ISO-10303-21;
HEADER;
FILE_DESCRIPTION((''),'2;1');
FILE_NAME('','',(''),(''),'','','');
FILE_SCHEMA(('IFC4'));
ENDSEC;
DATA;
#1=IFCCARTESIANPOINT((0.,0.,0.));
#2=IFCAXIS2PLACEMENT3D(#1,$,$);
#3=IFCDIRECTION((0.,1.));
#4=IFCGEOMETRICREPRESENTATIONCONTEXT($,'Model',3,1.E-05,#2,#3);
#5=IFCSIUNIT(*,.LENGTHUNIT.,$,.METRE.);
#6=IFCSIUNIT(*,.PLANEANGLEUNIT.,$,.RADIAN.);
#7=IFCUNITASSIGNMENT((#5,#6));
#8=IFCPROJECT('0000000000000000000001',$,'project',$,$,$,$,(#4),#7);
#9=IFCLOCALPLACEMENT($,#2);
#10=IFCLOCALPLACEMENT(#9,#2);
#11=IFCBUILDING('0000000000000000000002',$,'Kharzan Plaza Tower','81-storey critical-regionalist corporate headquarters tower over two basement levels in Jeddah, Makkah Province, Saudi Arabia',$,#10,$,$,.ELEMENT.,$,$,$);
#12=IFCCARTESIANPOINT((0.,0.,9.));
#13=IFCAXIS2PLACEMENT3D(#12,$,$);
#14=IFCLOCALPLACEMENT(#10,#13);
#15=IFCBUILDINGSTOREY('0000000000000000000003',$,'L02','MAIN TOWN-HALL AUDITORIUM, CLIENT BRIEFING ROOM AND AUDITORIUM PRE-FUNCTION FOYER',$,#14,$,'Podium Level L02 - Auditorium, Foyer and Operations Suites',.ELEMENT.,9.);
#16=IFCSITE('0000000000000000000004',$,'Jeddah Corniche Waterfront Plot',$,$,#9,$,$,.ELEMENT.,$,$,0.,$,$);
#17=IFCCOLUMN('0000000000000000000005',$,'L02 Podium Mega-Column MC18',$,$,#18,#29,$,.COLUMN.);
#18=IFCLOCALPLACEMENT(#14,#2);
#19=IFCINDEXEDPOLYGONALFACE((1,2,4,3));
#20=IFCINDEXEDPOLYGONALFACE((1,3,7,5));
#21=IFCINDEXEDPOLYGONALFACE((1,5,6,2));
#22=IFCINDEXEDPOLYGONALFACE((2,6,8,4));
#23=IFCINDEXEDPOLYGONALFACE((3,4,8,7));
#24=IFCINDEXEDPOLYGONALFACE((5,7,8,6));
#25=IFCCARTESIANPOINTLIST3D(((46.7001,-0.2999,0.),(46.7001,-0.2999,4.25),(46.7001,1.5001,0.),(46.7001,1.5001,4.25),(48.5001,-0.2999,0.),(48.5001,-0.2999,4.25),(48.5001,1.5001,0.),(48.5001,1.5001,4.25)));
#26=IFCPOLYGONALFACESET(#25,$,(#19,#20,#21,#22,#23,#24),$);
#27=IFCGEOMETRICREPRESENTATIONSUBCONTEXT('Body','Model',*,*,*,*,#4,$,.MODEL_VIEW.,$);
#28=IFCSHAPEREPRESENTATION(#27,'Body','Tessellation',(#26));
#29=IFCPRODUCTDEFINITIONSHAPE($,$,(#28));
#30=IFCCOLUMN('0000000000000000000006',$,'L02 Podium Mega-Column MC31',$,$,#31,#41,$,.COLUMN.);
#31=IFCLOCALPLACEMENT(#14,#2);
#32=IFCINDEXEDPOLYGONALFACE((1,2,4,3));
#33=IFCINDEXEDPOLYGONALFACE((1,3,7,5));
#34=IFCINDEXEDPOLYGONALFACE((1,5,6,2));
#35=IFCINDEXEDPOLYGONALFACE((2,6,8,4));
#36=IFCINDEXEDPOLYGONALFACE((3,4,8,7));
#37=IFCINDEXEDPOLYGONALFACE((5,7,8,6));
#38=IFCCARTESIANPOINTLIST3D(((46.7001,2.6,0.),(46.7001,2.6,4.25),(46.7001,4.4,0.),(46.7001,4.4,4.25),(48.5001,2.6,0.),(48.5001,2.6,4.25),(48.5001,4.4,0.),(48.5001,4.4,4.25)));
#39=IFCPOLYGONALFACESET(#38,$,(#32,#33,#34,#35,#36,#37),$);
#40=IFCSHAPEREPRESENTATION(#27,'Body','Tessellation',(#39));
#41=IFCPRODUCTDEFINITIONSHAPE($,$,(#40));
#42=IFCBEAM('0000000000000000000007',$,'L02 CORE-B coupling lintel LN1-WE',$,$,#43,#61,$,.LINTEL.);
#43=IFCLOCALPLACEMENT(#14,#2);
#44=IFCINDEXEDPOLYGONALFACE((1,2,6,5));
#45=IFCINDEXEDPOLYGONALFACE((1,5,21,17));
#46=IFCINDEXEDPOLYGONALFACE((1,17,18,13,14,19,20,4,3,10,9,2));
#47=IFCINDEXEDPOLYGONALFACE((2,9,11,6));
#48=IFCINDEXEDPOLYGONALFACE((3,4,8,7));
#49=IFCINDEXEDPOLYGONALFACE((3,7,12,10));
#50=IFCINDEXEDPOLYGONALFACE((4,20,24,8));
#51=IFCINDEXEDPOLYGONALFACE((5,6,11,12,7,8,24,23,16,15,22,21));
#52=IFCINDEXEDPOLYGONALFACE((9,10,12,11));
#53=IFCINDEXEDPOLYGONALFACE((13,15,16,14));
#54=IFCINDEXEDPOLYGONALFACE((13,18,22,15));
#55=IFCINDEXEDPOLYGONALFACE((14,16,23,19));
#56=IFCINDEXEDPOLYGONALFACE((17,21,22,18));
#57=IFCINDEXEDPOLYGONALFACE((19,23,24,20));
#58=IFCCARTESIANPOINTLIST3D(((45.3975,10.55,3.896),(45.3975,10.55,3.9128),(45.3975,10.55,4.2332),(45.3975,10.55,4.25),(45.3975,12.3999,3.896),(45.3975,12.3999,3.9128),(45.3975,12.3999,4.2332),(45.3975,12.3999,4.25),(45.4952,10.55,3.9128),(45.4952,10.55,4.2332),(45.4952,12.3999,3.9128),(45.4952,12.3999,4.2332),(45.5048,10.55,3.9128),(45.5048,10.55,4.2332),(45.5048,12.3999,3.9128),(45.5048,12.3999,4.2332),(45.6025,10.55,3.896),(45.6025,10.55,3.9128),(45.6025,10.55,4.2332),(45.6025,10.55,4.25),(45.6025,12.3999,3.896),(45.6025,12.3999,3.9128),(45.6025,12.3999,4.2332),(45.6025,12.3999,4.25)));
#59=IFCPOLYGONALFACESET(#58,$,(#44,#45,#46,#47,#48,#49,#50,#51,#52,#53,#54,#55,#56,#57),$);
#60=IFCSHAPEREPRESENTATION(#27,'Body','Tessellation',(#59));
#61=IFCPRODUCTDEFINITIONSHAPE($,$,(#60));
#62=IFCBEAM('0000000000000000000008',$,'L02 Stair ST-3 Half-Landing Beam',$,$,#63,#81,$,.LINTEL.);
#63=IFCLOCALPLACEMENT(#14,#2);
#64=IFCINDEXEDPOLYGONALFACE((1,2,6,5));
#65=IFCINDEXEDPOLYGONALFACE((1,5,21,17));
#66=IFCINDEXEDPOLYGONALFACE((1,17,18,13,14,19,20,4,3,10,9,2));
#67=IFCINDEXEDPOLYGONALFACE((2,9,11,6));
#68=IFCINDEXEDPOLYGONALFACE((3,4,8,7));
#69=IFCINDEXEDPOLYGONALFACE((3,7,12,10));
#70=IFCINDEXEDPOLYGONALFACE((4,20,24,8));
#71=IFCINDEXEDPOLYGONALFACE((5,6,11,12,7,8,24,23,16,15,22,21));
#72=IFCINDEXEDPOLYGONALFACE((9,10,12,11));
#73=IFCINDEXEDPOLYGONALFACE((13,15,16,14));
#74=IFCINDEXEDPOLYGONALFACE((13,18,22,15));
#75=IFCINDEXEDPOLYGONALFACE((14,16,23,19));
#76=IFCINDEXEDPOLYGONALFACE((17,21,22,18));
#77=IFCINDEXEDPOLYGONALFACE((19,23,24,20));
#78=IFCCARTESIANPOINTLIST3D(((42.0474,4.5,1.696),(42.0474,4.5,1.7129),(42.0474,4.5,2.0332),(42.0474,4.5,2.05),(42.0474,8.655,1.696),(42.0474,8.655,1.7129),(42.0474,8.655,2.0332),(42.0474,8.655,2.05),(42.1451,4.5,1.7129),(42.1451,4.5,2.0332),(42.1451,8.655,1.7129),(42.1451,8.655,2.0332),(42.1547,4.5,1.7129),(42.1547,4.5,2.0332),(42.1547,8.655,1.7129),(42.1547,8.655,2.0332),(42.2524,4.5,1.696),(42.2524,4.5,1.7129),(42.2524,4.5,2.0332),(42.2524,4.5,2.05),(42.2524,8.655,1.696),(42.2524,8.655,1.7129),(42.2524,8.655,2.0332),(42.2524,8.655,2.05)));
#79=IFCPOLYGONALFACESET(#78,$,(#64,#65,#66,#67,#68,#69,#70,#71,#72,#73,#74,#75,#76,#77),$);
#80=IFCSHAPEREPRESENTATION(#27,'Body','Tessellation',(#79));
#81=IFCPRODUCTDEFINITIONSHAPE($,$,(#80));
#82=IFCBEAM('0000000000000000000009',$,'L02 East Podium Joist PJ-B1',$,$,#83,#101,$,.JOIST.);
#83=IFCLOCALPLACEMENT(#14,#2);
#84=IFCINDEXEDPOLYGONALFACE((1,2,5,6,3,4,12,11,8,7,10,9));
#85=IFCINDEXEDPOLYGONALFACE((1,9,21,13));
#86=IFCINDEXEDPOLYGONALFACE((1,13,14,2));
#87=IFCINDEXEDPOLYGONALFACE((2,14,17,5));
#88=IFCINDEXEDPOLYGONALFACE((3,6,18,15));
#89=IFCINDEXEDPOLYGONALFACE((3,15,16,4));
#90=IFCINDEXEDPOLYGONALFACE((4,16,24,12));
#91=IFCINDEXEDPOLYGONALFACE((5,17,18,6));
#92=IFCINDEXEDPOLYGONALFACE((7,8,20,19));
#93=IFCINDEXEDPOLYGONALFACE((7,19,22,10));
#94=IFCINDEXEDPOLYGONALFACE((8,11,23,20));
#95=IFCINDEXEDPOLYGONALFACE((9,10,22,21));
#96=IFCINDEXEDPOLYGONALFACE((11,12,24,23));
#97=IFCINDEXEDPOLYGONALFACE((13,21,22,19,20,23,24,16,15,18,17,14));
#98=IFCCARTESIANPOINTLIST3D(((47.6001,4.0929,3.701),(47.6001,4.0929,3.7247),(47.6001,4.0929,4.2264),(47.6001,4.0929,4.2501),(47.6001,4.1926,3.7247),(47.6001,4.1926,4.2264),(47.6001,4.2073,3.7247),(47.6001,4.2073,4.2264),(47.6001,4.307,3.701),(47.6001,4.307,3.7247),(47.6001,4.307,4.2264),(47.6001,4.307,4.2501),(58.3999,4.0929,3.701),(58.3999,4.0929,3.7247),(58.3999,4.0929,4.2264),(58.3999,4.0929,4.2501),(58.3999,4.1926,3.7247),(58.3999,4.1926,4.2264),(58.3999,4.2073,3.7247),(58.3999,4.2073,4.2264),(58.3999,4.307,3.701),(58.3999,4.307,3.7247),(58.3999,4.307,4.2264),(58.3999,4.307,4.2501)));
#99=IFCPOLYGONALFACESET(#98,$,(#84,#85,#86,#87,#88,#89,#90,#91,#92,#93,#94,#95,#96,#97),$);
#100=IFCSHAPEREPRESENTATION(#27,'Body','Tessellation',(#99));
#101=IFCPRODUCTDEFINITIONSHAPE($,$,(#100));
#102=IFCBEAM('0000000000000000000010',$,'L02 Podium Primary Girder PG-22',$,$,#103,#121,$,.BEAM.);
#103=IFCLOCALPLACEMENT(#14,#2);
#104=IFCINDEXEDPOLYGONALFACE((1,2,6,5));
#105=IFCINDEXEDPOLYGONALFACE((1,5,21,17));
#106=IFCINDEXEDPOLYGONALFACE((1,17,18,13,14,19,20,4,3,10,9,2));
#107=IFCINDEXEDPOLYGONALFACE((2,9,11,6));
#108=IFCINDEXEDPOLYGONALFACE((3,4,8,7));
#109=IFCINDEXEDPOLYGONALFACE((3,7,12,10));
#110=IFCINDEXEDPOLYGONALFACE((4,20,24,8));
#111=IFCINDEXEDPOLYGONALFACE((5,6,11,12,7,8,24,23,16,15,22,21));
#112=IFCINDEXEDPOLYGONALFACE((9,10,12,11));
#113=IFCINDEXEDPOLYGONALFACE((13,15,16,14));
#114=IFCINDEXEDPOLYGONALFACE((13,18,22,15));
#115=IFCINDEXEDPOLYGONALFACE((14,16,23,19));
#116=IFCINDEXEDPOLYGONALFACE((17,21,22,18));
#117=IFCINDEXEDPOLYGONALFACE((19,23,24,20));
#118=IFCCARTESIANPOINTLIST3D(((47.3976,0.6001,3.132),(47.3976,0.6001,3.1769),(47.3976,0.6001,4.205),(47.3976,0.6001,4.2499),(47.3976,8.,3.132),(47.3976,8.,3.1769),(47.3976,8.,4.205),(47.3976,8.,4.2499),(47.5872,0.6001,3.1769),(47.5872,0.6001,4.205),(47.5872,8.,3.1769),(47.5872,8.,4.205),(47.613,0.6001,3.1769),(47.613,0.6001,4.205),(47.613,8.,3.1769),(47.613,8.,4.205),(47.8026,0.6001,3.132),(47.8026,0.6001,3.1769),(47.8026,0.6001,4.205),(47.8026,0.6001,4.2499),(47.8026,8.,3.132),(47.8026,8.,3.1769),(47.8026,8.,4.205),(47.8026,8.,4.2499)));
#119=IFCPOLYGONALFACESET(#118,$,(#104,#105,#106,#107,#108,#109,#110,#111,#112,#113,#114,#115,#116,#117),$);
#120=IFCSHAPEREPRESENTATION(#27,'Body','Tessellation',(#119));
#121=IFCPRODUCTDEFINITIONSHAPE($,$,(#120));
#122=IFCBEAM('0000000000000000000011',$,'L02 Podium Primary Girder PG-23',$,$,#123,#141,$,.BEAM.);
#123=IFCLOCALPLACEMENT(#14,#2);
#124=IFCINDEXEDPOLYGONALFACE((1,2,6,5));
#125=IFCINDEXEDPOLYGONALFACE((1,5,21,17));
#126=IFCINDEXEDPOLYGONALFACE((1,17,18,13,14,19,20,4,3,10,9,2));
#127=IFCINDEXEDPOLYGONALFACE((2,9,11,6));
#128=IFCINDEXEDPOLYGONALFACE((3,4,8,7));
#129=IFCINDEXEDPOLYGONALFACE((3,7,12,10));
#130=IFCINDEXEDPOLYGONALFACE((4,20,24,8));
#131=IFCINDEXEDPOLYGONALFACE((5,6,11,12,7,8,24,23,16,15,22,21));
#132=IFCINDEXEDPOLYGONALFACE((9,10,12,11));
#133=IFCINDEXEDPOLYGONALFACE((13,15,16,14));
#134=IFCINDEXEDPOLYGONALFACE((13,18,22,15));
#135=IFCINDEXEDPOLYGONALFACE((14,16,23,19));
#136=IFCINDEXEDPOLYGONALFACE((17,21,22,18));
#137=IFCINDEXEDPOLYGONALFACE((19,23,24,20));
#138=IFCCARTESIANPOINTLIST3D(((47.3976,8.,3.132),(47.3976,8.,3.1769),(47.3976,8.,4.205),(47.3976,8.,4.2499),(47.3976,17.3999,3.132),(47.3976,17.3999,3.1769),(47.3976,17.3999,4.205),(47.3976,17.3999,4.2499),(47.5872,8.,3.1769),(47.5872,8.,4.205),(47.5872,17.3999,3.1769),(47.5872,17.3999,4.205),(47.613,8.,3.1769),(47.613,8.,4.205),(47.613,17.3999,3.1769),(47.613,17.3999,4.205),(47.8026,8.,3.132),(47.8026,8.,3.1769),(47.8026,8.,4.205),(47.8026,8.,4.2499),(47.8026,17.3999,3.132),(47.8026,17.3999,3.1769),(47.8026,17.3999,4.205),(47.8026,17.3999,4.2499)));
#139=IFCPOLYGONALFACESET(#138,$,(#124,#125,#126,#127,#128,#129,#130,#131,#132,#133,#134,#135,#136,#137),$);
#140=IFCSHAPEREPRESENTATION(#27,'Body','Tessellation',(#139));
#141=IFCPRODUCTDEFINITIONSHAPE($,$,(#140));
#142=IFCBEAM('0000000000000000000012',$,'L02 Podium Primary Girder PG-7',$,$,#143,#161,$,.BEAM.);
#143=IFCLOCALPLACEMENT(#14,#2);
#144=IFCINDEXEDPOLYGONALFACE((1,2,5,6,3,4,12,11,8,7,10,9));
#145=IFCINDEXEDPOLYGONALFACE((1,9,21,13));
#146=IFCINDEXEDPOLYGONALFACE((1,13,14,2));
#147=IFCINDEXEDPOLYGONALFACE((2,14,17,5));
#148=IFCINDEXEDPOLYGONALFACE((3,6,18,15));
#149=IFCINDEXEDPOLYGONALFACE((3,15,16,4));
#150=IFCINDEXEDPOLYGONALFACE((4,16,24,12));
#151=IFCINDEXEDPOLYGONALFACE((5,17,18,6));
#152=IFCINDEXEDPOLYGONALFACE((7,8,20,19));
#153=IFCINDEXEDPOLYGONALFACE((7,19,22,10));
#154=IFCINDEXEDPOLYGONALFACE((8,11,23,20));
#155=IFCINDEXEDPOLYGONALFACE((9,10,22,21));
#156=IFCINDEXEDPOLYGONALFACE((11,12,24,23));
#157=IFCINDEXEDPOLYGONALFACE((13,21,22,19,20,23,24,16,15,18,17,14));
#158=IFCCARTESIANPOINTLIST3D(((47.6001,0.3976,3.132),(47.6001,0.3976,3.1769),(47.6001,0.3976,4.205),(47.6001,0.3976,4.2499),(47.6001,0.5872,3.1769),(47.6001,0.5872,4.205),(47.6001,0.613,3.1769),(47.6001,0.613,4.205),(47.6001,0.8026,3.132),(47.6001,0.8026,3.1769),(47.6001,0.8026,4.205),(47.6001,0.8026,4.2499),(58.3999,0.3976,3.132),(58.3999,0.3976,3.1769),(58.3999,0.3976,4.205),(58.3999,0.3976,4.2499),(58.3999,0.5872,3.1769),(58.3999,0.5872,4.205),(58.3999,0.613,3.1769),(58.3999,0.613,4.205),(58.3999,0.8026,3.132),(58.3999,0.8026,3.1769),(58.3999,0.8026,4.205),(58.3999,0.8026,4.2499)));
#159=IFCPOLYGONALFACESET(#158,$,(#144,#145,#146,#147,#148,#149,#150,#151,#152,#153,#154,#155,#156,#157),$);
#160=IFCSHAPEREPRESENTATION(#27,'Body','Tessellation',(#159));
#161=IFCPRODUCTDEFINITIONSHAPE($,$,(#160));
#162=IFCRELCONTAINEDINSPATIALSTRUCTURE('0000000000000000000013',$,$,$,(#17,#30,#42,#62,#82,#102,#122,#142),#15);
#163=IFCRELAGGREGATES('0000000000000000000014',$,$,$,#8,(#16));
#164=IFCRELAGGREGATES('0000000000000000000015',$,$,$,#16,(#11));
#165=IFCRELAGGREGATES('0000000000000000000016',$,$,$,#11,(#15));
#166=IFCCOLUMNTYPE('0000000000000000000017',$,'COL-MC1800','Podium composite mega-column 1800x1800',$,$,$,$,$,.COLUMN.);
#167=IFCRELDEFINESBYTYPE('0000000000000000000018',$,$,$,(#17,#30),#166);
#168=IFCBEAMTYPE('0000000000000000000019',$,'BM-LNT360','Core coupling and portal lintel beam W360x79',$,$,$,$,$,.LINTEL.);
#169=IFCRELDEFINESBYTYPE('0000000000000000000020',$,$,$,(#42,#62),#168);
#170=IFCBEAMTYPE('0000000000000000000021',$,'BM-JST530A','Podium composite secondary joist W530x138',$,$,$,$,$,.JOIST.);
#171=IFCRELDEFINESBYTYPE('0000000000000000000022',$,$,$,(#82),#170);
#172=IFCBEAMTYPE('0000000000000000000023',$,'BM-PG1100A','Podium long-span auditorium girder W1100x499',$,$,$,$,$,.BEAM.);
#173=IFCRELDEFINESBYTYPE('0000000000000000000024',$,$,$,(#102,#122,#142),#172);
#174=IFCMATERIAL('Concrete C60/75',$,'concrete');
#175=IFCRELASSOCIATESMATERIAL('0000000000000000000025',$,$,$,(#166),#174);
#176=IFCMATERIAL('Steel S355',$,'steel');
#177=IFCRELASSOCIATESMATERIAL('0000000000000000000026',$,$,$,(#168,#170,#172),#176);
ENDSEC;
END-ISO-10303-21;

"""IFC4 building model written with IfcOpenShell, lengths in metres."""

from ifc_helpers import new_model, si_unit, direction, frame, origin, origin_2d, place, context, subcontext, project, spatial, rectangle, i_section, extrude, source, transform, mapped, material, material_profile, profile_set, type_object, element, save


model = new_model("IFC4")

# Units and contexts
model_context = context("Model", 3, precision=1e-05, world=origin(), true_north=direction((0.0, 1.0)))
body_context = subcontext(model_context, "Body", "Model", "MODEL_VIEW")
ifc_project = project(units=[si_unit("LENGTHUNIT", "METRE"), si_unit("PLANEANGLEUNIT", "RADIAN")], contexts=[model_context])

# Site, building, storey
site_placement = place(None, origin())
site = spatial("IfcSite", under=ifc_project, at=site_placement, Name="Jeddah Corniche Waterfront Plot", CompositionType="ELEMENT", RefElevation=0.0)
building_placement = place(site_placement, origin())
building = spatial("IfcBuilding", under=site, at=building_placement, Name="Kharzan Plaza Tower", Description="81-storey critical-regionalist corporate headquarters tower over two basement levels in Jeddah, Makkah Province, Saudi Arabia", CompositionType="ELEMENT")
storey_placement = place(building_placement, frame((0.0, 0.0, 9.0)))
storey = spatial("IfcBuildingStorey", under=building, at=storey_placement, Name="L02", Description="MAIN TOWN-HALL AUDITORIUM, CLIENT BRIEFING ROOM AND AUDITORIUM PRE-FUNCTION FOYER", LongName="Podium Level L02 - Auditorium, Foyer and Operations Suites", CompositionType="ELEMENT", Elevation=9.0)

# Columns
ifc_material_1 = material(Name="Concrete C60/75", Category="concrete")
ifc_material_profile_1 = material_profile(ifc_material_1, rectangle(XDim=1.8, YDim=1.8, at=origin_2d()), Name="RC-MC1800x1800")
ifc_profile_set_1 = profile_set([ifc_material_profile_1], Name="Concrete C60/75")
column_type = type_object("IfcColumnType", Name="COL-MC1800", Description="Podium composite mega-column 1800x1800", PredefinedType="COLUMN", material=ifc_profile_set_1)
shared_shape_1 = source(origin(), body_context, "Body", "SweptSolid", [
    extrude(rectangle(XDim=1.8, YDim=1.8, at=origin_2d()), origin(), (0.0, 0.0, 1.0), 4.25),
])
for number, where, z_axis, x_axis, name in (
    (1, (47.6001, 0.6001, 0.0), (0.0, 0.0, 1.0), (1.0, 0.0, 0.0), "L02 Podium Mega-Column MC18"),
    (2, (47.6001, 3.5, 0.0), (0.0, 0.0, 1.0), (1.0, 0.0, 0.0), "L02 Podium Mega-Column MC31"),
):
    element("IfcColumn", number, at=place(storey_placement, frame(where, z_axis=z_axis, x_axis=x_axis)), inside=storey, type_object=column_type, Name=name, PredefinedType="COLUMN", context=body_context, shape_type="MappedRepresentation", body=[
        mapped(shared_shape_1, transform((0.0, 0.0, 0.0), x_axis=(1.0, 0.0, 0.0), y_axis=(0.0, 1.0, 0.0), z_axis=(0.0, 0.0, 1.0))),
    ])

# Beams
ifc_material_2 = material(Name="Steel S355", Category="steel")
ifc_material_profile_2 = material_profile(ifc_material_2, i_section(OverallWidth=0.2051, OverallDepth=0.354, WebThickness=0.0095, FlangeThickness=0.0168, at=origin_2d()), Name="W360x79")
ifc_profile_set_2 = profile_set([ifc_material_profile_2], Name="Steel S355")
beam_type_1 = type_object("IfcBeamType", Name="BM-LNT360", Description="Core coupling and portal lintel beam W360x79", PredefinedType="LINTEL", material=ifc_profile_set_2)
shared_shape_2 = source(origin(), body_context, "Body", "SweptSolid", [
    extrude(i_section(OverallWidth=0.2051, OverallDepth=0.354, WebThickness=0.0095, FlangeThickness=0.0168, at=origin_2d()), origin(), (0.0, 0.0, 1.0), 1.8499),
])
beam_1_placement = place(storey_placement, frame((45.5, 10.55, 4.073), z_axis=(0.0, 1.0, 0.0), x_axis=(-1.0, 0.0, 0.0)))
element("IfcBeam", 3, at=beam_1_placement, inside=storey, type_object=beam_type_1, Name="L02 CORE-B coupling lintel LN1-WE", PredefinedType="LINTEL", context=body_context, shape_type="MappedRepresentation", body=[
    mapped(shared_shape_2, transform((0.0, 0.0, 0.0), x_axis=(1.0, 0.0, 0.0), y_axis=(0.0, 1.0, 0.0), z_axis=(0.0, 0.0, 1.0))),
])
shared_shape_3 = source(origin(), body_context, "Body", "SweptSolid", [
    extrude(i_section(OverallWidth=0.2051, OverallDepth=0.354, WebThickness=0.0095, FlangeThickness=0.0168, at=origin_2d()), origin(), (0.0, 0.0, 1.0), 4.155),
])
beam_2_placement = place(storey_placement, frame((42.1499, 4.5, 1.873), z_axis=(0.0, 1.0, 0.0), x_axis=(-1.0, 0.0, 0.0)))
element("IfcBeam", 4, at=beam_2_placement, inside=storey, type_object=beam_type_1, Name="L02 Stair ST-3 Half-Landing Beam", PredefinedType="LINTEL", context=body_context, shape_type="MappedRepresentation", body=[
    mapped(shared_shape_3, transform((0.0, 0.0, 0.0), x_axis=(1.0, 0.0, 0.0), y_axis=(0.0, 1.0, 0.0), z_axis=(0.0, 0.0, 1.0))),
])
ifc_material_profile_3 = material_profile(ifc_material_2, i_section(OverallWidth=0.2141, OverallDepth=0.5491, WebThickness=0.0146, FlangeThickness=0.0237, at=origin_2d()), Name="W530x138")
ifc_profile_set_3 = profile_set([ifc_material_profile_3], Name="Steel S355")
beam_type_2 = type_object("IfcBeamType", Name="BM-JST530A", Description="Podium composite secondary joist W530x138", PredefinedType="JOIST", material=ifc_profile_set_3)
shared_shape_4 = source(origin(), body_context, "Body", "SweptSolid", [
    extrude(i_section(OverallWidth=0.2141, OverallDepth=0.5491, WebThickness=0.0146, FlangeThickness=0.0237, at=origin_2d()), origin(), (0.0, 0.0, 1.0), 10.7998),
])
beam_3_placement = place(storey_placement, frame((47.6001, 4.2, 3.9756), z_axis=(1.0, 0.0, 0.0), x_axis=(0.0, 1.0, 0.0)))
element("IfcBeam", 5, at=beam_3_placement, inside=storey, type_object=beam_type_2, Name="L02 East Podium Joist PJ-B1", PredefinedType="JOIST", context=body_context, shape_type="MappedRepresentation", body=[
    mapped(shared_shape_4, transform((0.0, 0.0, 0.0), x_axis=(1.0, 0.0, 0.0), y_axis=(0.0, 1.0, 0.0), z_axis=(0.0, 0.0, 1.0))),
])
ifc_material_profile_4 = material_profile(ifc_material_2, i_section(OverallWidth=0.405, OverallDepth=1.1179, WebThickness=0.0259, FlangeThickness=0.0449, at=origin_2d()), Name="W1100x499")
ifc_profile_set_4 = profile_set([ifc_material_profile_4], Name="Steel S355")
beam_type_3 = type_object("IfcBeamType", Name="BM-PG1100A", Description="Podium long-span auditorium girder W1100x499", PredefinedType="BEAM", material=ifc_profile_set_4)
shared_shape_5 = source(origin(), body_context, "Body", "SweptSolid", [
    extrude(i_section(OverallWidth=0.405, OverallDepth=1.1179, WebThickness=0.0259, FlangeThickness=0.0449, at=origin_2d()), origin(), (0.0, 0.0, 1.0), 7.3999),
])
beam_4_placement = place(storey_placement, frame((47.6001, 0.6001, 3.6909), z_axis=(0.0, 1.0, 0.0), x_axis=(-1.0, 0.0, 0.0)))
element("IfcBeam", 6, at=beam_4_placement, inside=storey, type_object=beam_type_3, Name="L02 Podium Primary Girder PG-22", PredefinedType="BEAM", context=body_context, shape_type="MappedRepresentation", body=[
    mapped(shared_shape_5, transform((0.0, 0.0, 0.0), x_axis=(1.0, 0.0, 0.0), y_axis=(0.0, 1.0, 0.0), z_axis=(0.0, 0.0, 1.0))),
])
shared_shape_6 = source(origin(), body_context, "Body", "SweptSolid", [
    extrude(i_section(OverallWidth=0.405, OverallDepth=1.1179, WebThickness=0.0259, FlangeThickness=0.0449, at=origin_2d()), origin(), (0.0, 0.0, 1.0), 9.3999),
])
beam_5_placement = place(storey_placement, frame((47.6001, 8.0, 3.6909), z_axis=(0.0, 1.0, 0.0), x_axis=(-1.0, 0.0, 0.0)))
element("IfcBeam", 7, at=beam_5_placement, inside=storey, type_object=beam_type_3, Name="L02 Podium Primary Girder PG-23", PredefinedType="BEAM", context=body_context, shape_type="MappedRepresentation", body=[
    mapped(shared_shape_6, transform((0.0, 0.0, 0.0), x_axis=(1.0, 0.0, 0.0), y_axis=(0.0, 1.0, 0.0), z_axis=(0.0, 0.0, 1.0))),
])
shared_shape_7 = source(origin(), body_context, "Body", "SweptSolid", [
    extrude(i_section(OverallWidth=0.405, OverallDepth=1.1179, WebThickness=0.0259, FlangeThickness=0.0449, at=origin_2d()), origin(), (0.0, 0.0, 1.0), 10.7998),
])
beam_6_placement = place(storey_placement, frame((47.6001, 0.6001, 3.6909), z_axis=(1.0, 0.0, 0.0), x_axis=(0.0, 1.0, 0.0)))
element("IfcBeam", 8, at=beam_6_placement, inside=storey, type_object=beam_type_3, Name="L02 Podium Primary Girder PG-7", PredefinedType="BEAM", context=body_context, shape_type="MappedRepresentation", body=[
    mapped(shared_shape_7, transform((0.0, 0.0, 0.0), x_axis=(1.0, 0.0, 0.0), y_axis=(0.0, 1.0, 0.0), z_axis=(0.0, 0.0, 1.0))),
])

save(model, "model.ifc")
